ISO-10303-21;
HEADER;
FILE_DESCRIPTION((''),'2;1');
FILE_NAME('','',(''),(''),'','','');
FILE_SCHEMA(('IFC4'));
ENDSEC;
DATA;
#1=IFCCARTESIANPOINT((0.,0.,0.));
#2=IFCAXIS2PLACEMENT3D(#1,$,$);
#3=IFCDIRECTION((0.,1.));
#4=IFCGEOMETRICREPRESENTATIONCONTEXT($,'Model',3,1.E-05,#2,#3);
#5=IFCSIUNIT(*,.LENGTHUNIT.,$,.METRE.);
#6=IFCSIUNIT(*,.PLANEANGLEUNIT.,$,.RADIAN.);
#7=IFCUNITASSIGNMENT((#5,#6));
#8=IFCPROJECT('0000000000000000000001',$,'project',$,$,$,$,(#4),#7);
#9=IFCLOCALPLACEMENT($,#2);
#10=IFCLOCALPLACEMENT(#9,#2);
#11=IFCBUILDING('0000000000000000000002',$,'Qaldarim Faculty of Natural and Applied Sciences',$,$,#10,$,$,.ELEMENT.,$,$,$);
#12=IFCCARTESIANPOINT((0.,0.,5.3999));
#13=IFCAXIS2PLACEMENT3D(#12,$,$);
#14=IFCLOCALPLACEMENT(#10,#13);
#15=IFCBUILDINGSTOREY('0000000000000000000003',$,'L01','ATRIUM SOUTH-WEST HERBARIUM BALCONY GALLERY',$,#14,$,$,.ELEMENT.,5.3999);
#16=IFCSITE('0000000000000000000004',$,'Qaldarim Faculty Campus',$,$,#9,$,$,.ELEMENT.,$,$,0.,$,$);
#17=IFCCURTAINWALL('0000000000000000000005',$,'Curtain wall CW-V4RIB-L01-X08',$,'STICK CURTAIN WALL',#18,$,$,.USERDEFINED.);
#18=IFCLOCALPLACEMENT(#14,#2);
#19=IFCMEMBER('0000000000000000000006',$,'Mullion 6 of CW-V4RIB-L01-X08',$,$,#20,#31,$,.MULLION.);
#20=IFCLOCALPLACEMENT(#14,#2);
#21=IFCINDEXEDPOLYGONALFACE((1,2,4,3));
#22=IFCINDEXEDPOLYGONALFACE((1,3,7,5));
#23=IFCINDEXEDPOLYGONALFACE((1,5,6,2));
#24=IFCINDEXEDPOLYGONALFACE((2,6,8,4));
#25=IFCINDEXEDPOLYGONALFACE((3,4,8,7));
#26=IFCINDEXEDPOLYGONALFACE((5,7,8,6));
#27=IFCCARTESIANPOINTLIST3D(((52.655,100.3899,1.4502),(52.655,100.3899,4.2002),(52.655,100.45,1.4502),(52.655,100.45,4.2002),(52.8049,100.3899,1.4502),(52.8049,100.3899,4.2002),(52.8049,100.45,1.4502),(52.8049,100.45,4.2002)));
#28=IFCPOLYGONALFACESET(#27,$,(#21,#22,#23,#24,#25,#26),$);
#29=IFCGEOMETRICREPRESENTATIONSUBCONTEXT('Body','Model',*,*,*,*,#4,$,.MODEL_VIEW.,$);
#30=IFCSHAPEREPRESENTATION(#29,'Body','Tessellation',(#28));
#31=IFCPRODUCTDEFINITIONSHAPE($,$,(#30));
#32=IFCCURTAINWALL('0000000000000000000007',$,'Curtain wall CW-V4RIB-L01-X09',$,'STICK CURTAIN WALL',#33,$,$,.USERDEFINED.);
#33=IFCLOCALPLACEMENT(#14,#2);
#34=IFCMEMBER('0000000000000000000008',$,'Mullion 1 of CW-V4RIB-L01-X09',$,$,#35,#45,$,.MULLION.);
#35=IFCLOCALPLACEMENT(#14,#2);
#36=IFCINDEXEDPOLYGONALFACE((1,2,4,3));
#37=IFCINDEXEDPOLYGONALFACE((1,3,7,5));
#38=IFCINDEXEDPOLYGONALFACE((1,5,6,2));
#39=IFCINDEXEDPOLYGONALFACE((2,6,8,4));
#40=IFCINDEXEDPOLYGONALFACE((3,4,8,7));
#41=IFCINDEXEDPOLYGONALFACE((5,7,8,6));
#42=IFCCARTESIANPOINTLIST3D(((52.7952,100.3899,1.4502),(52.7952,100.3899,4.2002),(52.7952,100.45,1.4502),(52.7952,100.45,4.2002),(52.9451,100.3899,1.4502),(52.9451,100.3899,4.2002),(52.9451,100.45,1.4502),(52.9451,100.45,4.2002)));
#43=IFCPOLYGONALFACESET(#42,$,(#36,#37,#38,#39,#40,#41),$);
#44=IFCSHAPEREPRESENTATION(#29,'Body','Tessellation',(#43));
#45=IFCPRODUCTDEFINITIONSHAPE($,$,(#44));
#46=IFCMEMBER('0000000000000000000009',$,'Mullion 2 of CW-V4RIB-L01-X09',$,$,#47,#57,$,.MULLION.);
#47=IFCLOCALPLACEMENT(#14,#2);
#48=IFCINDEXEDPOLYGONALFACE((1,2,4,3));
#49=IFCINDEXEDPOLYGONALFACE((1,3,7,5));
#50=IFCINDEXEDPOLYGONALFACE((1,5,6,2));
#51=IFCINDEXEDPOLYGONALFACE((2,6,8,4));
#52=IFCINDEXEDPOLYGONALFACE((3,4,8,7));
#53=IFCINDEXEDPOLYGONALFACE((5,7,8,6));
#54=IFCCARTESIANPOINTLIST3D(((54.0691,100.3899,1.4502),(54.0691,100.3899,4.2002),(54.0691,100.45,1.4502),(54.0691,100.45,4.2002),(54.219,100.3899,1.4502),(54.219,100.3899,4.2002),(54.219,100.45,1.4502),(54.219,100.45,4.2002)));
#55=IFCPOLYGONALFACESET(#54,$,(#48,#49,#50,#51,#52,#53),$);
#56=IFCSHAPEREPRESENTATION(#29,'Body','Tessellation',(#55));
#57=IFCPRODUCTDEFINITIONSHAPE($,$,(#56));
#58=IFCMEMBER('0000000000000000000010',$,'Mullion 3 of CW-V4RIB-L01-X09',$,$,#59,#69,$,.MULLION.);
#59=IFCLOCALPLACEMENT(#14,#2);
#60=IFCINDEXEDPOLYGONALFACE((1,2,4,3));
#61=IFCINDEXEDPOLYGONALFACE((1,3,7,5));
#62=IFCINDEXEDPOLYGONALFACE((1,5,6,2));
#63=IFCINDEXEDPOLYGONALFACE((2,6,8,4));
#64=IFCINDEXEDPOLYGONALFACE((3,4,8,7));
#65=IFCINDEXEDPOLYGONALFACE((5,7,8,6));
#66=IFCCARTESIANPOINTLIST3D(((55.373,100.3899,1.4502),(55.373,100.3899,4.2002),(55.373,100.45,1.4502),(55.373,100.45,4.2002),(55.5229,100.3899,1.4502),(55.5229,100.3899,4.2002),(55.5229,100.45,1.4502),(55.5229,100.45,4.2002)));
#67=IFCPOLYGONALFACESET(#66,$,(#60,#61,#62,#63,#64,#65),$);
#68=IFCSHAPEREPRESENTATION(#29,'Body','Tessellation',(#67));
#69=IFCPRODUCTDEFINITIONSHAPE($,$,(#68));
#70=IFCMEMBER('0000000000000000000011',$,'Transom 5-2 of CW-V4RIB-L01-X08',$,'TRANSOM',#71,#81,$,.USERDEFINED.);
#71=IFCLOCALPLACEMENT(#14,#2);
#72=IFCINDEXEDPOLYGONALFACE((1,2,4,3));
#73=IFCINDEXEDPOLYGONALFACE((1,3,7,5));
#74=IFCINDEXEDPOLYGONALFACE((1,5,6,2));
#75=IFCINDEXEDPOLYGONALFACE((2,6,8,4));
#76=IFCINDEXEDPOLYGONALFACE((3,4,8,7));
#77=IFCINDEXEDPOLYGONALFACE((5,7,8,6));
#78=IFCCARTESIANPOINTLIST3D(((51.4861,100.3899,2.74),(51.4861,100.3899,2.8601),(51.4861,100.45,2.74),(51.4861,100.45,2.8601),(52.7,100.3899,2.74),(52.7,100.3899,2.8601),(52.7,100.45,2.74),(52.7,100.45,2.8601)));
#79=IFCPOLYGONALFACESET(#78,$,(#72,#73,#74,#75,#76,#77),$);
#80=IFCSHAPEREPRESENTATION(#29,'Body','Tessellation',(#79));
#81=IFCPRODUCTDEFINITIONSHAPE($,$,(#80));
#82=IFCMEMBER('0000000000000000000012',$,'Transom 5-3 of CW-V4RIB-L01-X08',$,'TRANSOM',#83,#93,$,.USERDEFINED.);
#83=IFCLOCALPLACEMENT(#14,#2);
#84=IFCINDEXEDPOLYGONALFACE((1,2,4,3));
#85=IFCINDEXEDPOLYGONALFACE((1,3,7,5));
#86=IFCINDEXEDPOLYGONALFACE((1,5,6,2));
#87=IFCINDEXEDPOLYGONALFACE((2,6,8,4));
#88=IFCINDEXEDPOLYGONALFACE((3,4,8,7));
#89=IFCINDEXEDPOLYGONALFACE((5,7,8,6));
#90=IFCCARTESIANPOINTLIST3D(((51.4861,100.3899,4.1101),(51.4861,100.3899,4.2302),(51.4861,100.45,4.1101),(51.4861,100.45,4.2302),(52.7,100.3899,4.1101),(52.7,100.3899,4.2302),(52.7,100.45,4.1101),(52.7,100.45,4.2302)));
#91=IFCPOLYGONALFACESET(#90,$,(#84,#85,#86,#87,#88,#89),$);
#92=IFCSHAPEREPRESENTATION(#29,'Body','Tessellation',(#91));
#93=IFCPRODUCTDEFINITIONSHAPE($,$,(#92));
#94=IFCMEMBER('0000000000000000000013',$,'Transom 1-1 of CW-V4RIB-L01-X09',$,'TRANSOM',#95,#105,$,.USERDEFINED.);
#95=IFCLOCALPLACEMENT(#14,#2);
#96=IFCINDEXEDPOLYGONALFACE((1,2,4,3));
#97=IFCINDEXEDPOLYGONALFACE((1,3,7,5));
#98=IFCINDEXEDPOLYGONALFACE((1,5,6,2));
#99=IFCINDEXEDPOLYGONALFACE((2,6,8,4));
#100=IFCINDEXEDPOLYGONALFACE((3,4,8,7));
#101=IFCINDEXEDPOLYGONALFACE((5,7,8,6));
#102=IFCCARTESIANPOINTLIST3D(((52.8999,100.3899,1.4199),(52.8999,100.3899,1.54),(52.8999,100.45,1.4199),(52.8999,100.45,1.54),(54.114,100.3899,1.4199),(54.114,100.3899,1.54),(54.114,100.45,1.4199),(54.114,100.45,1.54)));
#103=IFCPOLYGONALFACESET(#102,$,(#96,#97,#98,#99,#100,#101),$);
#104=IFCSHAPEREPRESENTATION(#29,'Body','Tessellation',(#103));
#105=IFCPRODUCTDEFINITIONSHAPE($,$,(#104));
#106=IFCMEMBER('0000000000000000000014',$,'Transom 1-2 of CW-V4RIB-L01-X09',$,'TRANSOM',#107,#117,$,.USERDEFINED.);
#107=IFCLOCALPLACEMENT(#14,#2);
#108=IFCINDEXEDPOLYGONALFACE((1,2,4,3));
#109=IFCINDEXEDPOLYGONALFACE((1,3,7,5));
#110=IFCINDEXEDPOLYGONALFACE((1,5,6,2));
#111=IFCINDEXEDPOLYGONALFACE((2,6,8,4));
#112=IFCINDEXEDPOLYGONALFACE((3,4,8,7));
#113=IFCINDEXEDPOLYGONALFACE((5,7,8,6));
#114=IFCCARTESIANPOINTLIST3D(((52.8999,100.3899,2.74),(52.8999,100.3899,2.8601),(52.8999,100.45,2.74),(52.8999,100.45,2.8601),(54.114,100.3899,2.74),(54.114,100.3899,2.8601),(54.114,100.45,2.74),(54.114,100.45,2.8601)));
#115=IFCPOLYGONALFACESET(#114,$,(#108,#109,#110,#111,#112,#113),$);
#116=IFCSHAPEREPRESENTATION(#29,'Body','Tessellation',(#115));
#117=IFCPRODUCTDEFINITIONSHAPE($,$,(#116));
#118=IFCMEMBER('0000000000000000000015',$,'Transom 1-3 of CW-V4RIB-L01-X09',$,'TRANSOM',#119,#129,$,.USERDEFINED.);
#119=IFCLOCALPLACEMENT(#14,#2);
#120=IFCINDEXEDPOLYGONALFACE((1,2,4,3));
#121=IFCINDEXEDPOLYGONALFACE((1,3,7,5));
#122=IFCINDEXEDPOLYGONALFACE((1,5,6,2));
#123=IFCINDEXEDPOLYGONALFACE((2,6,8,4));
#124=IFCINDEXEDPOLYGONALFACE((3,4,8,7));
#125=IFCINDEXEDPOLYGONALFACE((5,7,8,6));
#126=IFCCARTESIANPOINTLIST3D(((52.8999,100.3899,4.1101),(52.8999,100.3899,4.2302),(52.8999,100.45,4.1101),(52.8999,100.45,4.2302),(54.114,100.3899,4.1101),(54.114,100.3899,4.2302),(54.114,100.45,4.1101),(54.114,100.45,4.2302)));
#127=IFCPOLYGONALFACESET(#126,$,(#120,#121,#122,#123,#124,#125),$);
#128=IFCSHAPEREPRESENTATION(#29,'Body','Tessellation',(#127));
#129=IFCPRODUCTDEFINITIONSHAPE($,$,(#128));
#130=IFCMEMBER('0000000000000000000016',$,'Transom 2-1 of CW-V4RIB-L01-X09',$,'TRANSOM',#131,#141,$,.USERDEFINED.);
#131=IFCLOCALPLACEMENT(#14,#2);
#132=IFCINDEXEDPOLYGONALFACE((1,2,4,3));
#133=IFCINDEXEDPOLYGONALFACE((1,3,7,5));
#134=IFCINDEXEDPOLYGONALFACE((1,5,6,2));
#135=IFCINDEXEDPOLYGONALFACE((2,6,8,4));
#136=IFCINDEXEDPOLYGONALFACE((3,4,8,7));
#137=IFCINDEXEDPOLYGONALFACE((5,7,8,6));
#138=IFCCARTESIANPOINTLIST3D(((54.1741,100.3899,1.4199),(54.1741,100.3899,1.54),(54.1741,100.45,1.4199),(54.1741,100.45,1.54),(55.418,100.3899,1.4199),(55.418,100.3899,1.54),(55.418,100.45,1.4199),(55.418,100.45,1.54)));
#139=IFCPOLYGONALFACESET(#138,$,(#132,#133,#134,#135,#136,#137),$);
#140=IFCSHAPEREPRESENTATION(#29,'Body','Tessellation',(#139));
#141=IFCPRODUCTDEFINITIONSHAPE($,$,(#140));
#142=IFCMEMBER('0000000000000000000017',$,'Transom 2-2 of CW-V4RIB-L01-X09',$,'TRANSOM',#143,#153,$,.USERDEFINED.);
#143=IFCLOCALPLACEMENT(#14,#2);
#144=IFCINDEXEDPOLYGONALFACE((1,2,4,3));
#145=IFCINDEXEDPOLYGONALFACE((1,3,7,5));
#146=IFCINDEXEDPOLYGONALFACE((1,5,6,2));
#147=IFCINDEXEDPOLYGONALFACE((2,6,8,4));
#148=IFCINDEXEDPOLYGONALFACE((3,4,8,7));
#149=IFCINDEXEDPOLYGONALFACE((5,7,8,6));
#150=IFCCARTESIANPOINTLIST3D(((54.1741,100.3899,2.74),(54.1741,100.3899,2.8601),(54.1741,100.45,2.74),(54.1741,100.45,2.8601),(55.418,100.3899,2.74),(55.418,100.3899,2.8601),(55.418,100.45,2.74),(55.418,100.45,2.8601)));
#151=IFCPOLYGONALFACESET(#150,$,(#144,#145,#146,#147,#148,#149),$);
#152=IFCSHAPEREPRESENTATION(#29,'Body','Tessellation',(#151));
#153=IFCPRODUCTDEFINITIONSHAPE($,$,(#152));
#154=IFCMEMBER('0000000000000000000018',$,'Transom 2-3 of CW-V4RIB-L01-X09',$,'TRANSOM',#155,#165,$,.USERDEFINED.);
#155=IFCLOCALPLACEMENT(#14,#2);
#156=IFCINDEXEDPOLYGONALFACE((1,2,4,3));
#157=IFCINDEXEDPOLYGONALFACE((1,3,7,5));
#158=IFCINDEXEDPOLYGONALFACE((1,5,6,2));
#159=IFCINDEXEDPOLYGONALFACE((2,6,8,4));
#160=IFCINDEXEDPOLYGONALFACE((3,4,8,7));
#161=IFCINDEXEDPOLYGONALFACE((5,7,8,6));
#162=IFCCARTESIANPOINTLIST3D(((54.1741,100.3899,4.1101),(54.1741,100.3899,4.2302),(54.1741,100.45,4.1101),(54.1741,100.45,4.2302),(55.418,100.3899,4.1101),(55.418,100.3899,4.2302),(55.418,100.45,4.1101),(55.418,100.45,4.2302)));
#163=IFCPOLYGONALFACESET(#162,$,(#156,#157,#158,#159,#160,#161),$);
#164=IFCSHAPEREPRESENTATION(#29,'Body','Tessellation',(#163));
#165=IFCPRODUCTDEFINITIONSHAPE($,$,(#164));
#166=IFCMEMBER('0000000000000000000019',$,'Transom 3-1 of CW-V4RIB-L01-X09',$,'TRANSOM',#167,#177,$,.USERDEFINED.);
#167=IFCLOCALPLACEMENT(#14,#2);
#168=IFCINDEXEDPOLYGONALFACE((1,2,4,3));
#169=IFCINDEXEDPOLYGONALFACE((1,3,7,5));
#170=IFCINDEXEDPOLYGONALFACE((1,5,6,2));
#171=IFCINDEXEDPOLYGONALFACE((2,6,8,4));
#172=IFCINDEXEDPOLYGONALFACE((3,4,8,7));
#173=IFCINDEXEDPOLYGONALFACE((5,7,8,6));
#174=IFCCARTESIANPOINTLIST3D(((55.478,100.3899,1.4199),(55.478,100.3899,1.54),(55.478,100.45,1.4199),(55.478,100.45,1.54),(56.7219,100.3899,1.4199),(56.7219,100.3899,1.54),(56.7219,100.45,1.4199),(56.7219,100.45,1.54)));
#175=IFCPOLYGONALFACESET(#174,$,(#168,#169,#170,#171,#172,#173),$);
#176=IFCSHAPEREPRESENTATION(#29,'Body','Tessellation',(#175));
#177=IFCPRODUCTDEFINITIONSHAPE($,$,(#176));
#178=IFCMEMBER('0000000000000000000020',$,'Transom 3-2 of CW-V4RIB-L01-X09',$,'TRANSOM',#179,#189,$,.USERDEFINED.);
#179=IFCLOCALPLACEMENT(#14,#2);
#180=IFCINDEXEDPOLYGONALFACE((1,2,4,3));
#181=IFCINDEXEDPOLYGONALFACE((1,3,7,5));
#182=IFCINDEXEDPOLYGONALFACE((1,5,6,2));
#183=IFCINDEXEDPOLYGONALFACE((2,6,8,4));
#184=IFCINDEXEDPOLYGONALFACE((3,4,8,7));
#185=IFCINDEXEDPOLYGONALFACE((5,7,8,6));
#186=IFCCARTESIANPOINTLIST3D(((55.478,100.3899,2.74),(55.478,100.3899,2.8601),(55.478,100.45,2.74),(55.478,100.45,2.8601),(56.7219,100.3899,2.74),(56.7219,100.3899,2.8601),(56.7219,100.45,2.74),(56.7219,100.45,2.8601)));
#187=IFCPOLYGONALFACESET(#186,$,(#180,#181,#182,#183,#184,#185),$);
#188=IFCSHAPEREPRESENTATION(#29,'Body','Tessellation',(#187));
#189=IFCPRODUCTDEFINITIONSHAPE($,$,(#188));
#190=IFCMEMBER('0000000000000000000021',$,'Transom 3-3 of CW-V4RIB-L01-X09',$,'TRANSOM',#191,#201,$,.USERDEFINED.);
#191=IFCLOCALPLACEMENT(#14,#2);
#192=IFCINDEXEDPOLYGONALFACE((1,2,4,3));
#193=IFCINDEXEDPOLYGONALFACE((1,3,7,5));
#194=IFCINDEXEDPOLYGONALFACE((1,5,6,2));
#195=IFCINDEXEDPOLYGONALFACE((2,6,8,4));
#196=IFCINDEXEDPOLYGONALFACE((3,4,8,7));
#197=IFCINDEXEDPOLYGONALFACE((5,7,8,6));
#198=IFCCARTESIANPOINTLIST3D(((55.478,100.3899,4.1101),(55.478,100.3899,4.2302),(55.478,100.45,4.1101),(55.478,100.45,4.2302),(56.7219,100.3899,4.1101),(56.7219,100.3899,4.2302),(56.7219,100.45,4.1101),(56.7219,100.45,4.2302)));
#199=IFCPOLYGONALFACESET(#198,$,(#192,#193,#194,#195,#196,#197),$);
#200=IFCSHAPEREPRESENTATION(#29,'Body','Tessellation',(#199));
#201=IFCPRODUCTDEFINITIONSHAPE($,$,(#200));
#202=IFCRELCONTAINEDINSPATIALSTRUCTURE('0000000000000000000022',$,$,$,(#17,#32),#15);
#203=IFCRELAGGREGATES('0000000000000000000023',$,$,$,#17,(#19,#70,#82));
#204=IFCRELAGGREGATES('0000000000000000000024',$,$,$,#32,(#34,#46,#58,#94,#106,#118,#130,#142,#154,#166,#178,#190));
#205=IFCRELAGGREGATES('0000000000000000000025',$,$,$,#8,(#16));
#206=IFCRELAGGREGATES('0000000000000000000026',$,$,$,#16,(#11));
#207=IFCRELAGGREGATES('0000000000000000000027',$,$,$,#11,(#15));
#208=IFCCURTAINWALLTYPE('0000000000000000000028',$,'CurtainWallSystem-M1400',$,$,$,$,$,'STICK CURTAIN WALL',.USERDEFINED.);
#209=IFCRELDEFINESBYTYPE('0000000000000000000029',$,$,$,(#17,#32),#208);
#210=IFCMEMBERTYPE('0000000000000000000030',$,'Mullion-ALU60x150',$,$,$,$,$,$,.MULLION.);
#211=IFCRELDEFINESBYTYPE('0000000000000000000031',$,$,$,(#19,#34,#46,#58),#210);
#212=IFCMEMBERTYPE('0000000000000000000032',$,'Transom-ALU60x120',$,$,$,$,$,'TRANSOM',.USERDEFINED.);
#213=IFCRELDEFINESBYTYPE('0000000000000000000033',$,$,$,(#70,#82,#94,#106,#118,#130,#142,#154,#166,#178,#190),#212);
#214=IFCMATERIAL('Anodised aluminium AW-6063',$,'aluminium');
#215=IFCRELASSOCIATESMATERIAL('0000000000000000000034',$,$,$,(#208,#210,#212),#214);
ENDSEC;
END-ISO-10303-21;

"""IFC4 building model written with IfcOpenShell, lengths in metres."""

from ifc_helpers import new_model, si_unit, direction, frame, origin, origin_2d, place, context, subcontext, project, spatial, rectangle, extrude, material, material_profile, profile_set, type_object, element, aggregate, save


model = new_model("IFC4")

# Units and contexts
model_context = context("Model", 3, precision=1e-05, world=origin(), true_north=direction((0.0, 1.0)))
body_context = subcontext(model_context, "Body", "Model", "MODEL_VIEW")
ifc_project = project(units=[si_unit("LENGTHUNIT", "METRE"), si_unit("PLANEANGLEUNIT", "RADIAN")], contexts=[model_context])

# Site, building, storey
site_placement = place(None, origin())
site = spatial("IfcSite", under=ifc_project, at=site_placement, Name="Qaldarim Faculty Campus", CompositionType="ELEMENT", RefElevation=0.0)
building_placement = place(site_placement, origin())
building = spatial("IfcBuilding", under=site, at=building_placement, Name="Qaldarim Faculty of Natural and Applied Sciences", CompositionType="ELEMENT")
storey_placement = place(building_placement, frame((0.0, 0.0, 5.3999)))
storey = spatial("IfcBuildingStorey", under=building, at=storey_placement, Name="L01", Description="ATRIUM SOUTH-WEST HERBARIUM BALCONY GALLERY", CompositionType="ELEMENT", Elevation=5.3999)

# Curtain wall, member
ifc_material_1 = material(Name="Anodised aluminium AW-6063", Category="aluminium")
curtain_wall_type = type_object("IfcCurtainWallType", Name="CurtainWallSystem-M1400", ElementType="STICK CURTAIN WALL", PredefinedType="USERDEFINED", material=ifc_material_1)
curtain_wall_1_placement = place(storey_placement, origin())
curtain_wall_1 = element("IfcCurtainWall", 1, at=curtain_wall_1_placement, inside=storey, type_object=curtain_wall_type, Name="Curtain wall CW-V4RIB-L01-X08", ObjectType="STICK CURTAIN WALL", PredefinedType="USERDEFINED")
ifc_material_profile_1 = material_profile(ifc_material_1, rectangle(XDim=0.0601, YDim=0.1499, at=origin_2d()), Name="ALU-M60x150")
ifc_profile_set_1 = profile_set([ifc_material_profile_1], Name="Anodised aluminium AW-6063")
member_type_1 = type_object("IfcMemberType", Name="Mullion-ALU60x150", PredefinedType="MULLION", material=ifc_profile_set_1)
member_1_placement = place(storey_placement, frame((52.73, 100.4199, 1.4502), z_axis=(0.0, 0.0, 1.0), x_axis=(0.0, 1.0, 0.0)))
member_1 = element("IfcMember", 2, at=member_1_placement, type_object=member_type_1, Name="Mullion 6 of CW-V4RIB-L01-X08", PredefinedType="MULLION", context=body_context, shape_type="SweptSolid", body=[
    extrude(rectangle(XDim=0.0601, YDim=0.1499, at=origin_2d()), origin(), (0.0, 0.0, 1.0), 2.75),
])

# Curtain wall, members
curtain_wall_2_placement = place(storey_placement, origin())
curtain_wall_2 = element("IfcCurtainWall", 3, at=curtain_wall_2_placement, inside=storey, type_object=curtain_wall_type, Name="Curtain wall CW-V4RIB-L01-X09", ObjectType="STICK CURTAIN WALL", PredefinedType="USERDEFINED")
member_2_placement = place(storey_placement, frame((52.8701, 100.4199, 1.4502), z_axis=(0.0, 0.0, 1.0), x_axis=(0.0, 1.0, 0.0)))
member_2 = element("IfcMember", 4, at=member_2_placement, type_object=member_type_1, Name="Mullion 1 of CW-V4RIB-L01-X09", PredefinedType="MULLION", context=body_context, shape_type="SweptSolid", body=[
    extrude(rectangle(XDim=0.0601, YDim=0.1499, at=origin_2d()), origin(), (0.0, 0.0, 1.0), 2.75),
])
member_3_placement = place(storey_placement, frame((54.144, 100.4199, 1.4502), z_axis=(0.0, 0.0, 1.0), x_axis=(0.0, 1.0, 0.0)))
member_3 = element("IfcMember", 5, at=member_3_placement, type_object=member_type_1, Name="Mullion 2 of CW-V4RIB-L01-X09", PredefinedType="MULLION", context=body_context, shape_type="SweptSolid", body=[
    extrude(rectangle(XDim=0.0601, YDim=0.1499, at=origin_2d()), origin(), (0.0, 0.0, 1.0), 2.75),
])
member_4_placement = place(storey_placement, frame((55.448, 100.4199, 1.4502), z_axis=(0.0, 0.0, 1.0), x_axis=(0.0, 1.0, 0.0)))
member_4 = element("IfcMember", 6, at=member_4_placement, type_object=member_type_1, Name="Mullion 3 of CW-V4RIB-L01-X09", PredefinedType="MULLION", context=body_context, shape_type="SweptSolid", body=[
    extrude(rectangle(XDim=0.0601, YDim=0.1499, at=origin_2d()), origin(), (0.0, 0.0, 1.0), 2.75),
])

# Members
ifc_material_profile_2 = material_profile(ifc_material_1, rectangle(XDim=0.0601, YDim=0.1201, at=origin_2d()), Name="ALU-T60x120")
ifc_profile_set_2 = profile_set([ifc_material_profile_2], Name="Anodised aluminium AW-6063")
member_type_2 = type_object("IfcMemberType", Name="Transom-ALU60x120", ElementType="TRANSOM", PredefinedType="USERDEFINED", material=ifc_profile_set_2)
member_5_placement = place(storey_placement, frame((51.4861, 100.4199, 2.8), z_axis=(1.0, 0.0, 0.0), x_axis=(0.0, 1.0, 0.0)))
member_5 = element("IfcMember", 7, at=member_5_placement, type_object=member_type_2, Name="Transom 5-2 of CW-V4RIB-L01-X08", ObjectType="TRANSOM", PredefinedType="USERDEFINED", context=body_context, shape_type="SweptSolid", body=[
    extrude(rectangle(XDim=0.0601, YDim=0.1201, at=origin_2d()), origin(), (0.0, 0.0, 1.0), 1.2139),
])
member_6_placement = place(storey_placement, frame((51.4861, 100.4199, 4.1702), z_axis=(1.0, 0.0, 0.0), x_axis=(0.0, 1.0, 0.0)))
member_6 = element("IfcMember", 8, at=member_6_placement, type_object=member_type_2, Name="Transom 5-3 of CW-V4RIB-L01-X08", ObjectType="TRANSOM", PredefinedType="USERDEFINED", context=body_context, shape_type="SweptSolid", body=[
    extrude(rectangle(XDim=0.0601, YDim=0.1201, at=origin_2d()), origin(), (0.0, 0.0, 1.0), 1.2139),
])
member_7_placement = place(storey_placement, frame((52.8999, 100.4199, 1.48), z_axis=(1.0, 0.0, 0.0), x_axis=(0.0, 1.0, 0.0)))
member_7 = element("IfcMember", 9, at=member_7_placement, type_object=member_type_2, Name="Transom 1-1 of CW-V4RIB-L01-X09", ObjectType="TRANSOM", PredefinedType="USERDEFINED", context=body_context, shape_type="SweptSolid", body=[
    extrude(rectangle(XDim=0.0601, YDim=0.1201, at=origin_2d()), origin(), (0.0, 0.0, 1.0), 1.2141),
])
member_8_placement = place(storey_placement, frame((52.8999, 100.4199, 2.8), z_axis=(1.0, 0.0, 0.0), x_axis=(0.0, 1.0, 0.0)))
member_8 = element("IfcMember", 10, at=member_8_placement, type_object=member_type_2, Name="Transom 1-2 of CW-V4RIB-L01-X09", ObjectType="TRANSOM", PredefinedType="USERDEFINED", context=body_context, shape_type="SweptSolid", body=[
    extrude(rectangle(XDim=0.0601, YDim=0.1201, at=origin_2d()), origin(), (0.0, 0.0, 1.0), 1.2141),
])
member_9_placement = place(storey_placement, frame((52.8999, 100.4199, 4.1702), z_axis=(1.0, 0.0, 0.0), x_axis=(0.0, 1.0, 0.0)))
member_9 = element("IfcMember", 11, at=member_9_placement, type_object=member_type_2, Name="Transom 1-3 of CW-V4RIB-L01-X09", ObjectType="TRANSOM", PredefinedType="USERDEFINED", context=body_context, shape_type="SweptSolid", body=[
    extrude(rectangle(XDim=0.0601, YDim=0.1201, at=origin_2d()), origin(), (0.0, 0.0, 1.0), 1.2141),
])
member_10_placement = place(storey_placement, frame((54.1741, 100.4199, 1.48), z_axis=(1.0, 0.0, 0.0), x_axis=(0.0, 1.0, 0.0)))
member_10 = element("IfcMember", 12, at=member_10_placement, type_object=member_type_2, Name="Transom 2-1 of CW-V4RIB-L01-X09", ObjectType="TRANSOM", PredefinedType="USERDEFINED", context=body_context, shape_type="SweptSolid", body=[
    extrude(rectangle(XDim=0.0601, YDim=0.1201, at=origin_2d()), origin(), (0.0, 0.0, 1.0), 1.2439),
])
member_11_placement = place(storey_placement, frame((54.1741, 100.4199, 2.8), z_axis=(1.0, 0.0, 0.0), x_axis=(0.0, 1.0, 0.0)))
member_11 = element("IfcMember", 13, at=member_11_placement, type_object=member_type_2, Name="Transom 2-2 of CW-V4RIB-L01-X09", ObjectType="TRANSOM", PredefinedType="USERDEFINED", context=body_context, shape_type="SweptSolid", body=[
    extrude(rectangle(XDim=0.0601, YDim=0.1201, at=origin_2d()), origin(), (0.0, 0.0, 1.0), 1.2439),
])
member_12_placement = place(storey_placement, frame((54.1741, 100.4199, 4.1702), z_axis=(1.0, 0.0, 0.0), x_axis=(0.0, 1.0, 0.0)))
member_12 = element("IfcMember", 14, at=member_12_placement, type_object=member_type_2, Name="Transom 2-3 of CW-V4RIB-L01-X09", ObjectType="TRANSOM", PredefinedType="USERDEFINED", context=body_context, shape_type="SweptSolid", body=[
    extrude(rectangle(XDim=0.0601, YDim=0.1201, at=origin_2d()), origin(), (0.0, 0.0, 1.0), 1.2439),
])
member_13_placement = place(storey_placement, frame((55.478, 100.4199, 1.48), z_axis=(1.0, 0.0, 0.0), x_axis=(0.0, 1.0, 0.0)))
member_13 = element("IfcMember", 15, at=member_13_placement, type_object=member_type_2, Name="Transom 3-1 of CW-V4RIB-L01-X09", ObjectType="TRANSOM", PredefinedType="USERDEFINED", context=body_context, shape_type="SweptSolid", body=[
    extrude(rectangle(XDim=0.0601, YDim=0.1201, at=origin_2d()), origin(), (0.0, 0.0, 1.0), 1.2439),
])
member_14_placement = place(storey_placement, frame((55.478, 100.4199, 2.8), z_axis=(1.0, 0.0, 0.0), x_axis=(0.0, 1.0, 0.0)))
member_14 = element("IfcMember", 16, at=member_14_placement, type_object=member_type_2, Name="Transom 3-2 of CW-V4RIB-L01-X09", ObjectType="TRANSOM", PredefinedType="USERDEFINED", context=body_context, shape_type="SweptSolid", body=[
    extrude(rectangle(XDim=0.0601, YDim=0.1201, at=origin_2d()), origin(), (0.0, 0.0, 1.0), 1.2439),
])
member_15_placement = place(storey_placement, frame((55.478, 100.4199, 4.1702), z_axis=(1.0, 0.0, 0.0), x_axis=(0.0, 1.0, 0.0)))
member_15 = element("IfcMember", 17, at=member_15_placement, type_object=member_type_2, Name="Transom 3-3 of CW-V4RIB-L01-X09", ObjectType="TRANSOM", PredefinedType="USERDEFINED", context=body_context, shape_type="SweptSolid", body=[
    extrude(rectangle(XDim=0.0601, YDim=0.1201, at=origin_2d()), origin(), (0.0, 0.0, 1.0), 1.2439),
])

aggregate(curtain_wall_1, [member_1, member_5, member_6])
aggregate(curtain_wall_2, [member_2, member_3, member_4, member_7, member_8, member_9, member_10, member_11, member_12, member_13, member_14, member_15])

save(model, "model.ifc")
